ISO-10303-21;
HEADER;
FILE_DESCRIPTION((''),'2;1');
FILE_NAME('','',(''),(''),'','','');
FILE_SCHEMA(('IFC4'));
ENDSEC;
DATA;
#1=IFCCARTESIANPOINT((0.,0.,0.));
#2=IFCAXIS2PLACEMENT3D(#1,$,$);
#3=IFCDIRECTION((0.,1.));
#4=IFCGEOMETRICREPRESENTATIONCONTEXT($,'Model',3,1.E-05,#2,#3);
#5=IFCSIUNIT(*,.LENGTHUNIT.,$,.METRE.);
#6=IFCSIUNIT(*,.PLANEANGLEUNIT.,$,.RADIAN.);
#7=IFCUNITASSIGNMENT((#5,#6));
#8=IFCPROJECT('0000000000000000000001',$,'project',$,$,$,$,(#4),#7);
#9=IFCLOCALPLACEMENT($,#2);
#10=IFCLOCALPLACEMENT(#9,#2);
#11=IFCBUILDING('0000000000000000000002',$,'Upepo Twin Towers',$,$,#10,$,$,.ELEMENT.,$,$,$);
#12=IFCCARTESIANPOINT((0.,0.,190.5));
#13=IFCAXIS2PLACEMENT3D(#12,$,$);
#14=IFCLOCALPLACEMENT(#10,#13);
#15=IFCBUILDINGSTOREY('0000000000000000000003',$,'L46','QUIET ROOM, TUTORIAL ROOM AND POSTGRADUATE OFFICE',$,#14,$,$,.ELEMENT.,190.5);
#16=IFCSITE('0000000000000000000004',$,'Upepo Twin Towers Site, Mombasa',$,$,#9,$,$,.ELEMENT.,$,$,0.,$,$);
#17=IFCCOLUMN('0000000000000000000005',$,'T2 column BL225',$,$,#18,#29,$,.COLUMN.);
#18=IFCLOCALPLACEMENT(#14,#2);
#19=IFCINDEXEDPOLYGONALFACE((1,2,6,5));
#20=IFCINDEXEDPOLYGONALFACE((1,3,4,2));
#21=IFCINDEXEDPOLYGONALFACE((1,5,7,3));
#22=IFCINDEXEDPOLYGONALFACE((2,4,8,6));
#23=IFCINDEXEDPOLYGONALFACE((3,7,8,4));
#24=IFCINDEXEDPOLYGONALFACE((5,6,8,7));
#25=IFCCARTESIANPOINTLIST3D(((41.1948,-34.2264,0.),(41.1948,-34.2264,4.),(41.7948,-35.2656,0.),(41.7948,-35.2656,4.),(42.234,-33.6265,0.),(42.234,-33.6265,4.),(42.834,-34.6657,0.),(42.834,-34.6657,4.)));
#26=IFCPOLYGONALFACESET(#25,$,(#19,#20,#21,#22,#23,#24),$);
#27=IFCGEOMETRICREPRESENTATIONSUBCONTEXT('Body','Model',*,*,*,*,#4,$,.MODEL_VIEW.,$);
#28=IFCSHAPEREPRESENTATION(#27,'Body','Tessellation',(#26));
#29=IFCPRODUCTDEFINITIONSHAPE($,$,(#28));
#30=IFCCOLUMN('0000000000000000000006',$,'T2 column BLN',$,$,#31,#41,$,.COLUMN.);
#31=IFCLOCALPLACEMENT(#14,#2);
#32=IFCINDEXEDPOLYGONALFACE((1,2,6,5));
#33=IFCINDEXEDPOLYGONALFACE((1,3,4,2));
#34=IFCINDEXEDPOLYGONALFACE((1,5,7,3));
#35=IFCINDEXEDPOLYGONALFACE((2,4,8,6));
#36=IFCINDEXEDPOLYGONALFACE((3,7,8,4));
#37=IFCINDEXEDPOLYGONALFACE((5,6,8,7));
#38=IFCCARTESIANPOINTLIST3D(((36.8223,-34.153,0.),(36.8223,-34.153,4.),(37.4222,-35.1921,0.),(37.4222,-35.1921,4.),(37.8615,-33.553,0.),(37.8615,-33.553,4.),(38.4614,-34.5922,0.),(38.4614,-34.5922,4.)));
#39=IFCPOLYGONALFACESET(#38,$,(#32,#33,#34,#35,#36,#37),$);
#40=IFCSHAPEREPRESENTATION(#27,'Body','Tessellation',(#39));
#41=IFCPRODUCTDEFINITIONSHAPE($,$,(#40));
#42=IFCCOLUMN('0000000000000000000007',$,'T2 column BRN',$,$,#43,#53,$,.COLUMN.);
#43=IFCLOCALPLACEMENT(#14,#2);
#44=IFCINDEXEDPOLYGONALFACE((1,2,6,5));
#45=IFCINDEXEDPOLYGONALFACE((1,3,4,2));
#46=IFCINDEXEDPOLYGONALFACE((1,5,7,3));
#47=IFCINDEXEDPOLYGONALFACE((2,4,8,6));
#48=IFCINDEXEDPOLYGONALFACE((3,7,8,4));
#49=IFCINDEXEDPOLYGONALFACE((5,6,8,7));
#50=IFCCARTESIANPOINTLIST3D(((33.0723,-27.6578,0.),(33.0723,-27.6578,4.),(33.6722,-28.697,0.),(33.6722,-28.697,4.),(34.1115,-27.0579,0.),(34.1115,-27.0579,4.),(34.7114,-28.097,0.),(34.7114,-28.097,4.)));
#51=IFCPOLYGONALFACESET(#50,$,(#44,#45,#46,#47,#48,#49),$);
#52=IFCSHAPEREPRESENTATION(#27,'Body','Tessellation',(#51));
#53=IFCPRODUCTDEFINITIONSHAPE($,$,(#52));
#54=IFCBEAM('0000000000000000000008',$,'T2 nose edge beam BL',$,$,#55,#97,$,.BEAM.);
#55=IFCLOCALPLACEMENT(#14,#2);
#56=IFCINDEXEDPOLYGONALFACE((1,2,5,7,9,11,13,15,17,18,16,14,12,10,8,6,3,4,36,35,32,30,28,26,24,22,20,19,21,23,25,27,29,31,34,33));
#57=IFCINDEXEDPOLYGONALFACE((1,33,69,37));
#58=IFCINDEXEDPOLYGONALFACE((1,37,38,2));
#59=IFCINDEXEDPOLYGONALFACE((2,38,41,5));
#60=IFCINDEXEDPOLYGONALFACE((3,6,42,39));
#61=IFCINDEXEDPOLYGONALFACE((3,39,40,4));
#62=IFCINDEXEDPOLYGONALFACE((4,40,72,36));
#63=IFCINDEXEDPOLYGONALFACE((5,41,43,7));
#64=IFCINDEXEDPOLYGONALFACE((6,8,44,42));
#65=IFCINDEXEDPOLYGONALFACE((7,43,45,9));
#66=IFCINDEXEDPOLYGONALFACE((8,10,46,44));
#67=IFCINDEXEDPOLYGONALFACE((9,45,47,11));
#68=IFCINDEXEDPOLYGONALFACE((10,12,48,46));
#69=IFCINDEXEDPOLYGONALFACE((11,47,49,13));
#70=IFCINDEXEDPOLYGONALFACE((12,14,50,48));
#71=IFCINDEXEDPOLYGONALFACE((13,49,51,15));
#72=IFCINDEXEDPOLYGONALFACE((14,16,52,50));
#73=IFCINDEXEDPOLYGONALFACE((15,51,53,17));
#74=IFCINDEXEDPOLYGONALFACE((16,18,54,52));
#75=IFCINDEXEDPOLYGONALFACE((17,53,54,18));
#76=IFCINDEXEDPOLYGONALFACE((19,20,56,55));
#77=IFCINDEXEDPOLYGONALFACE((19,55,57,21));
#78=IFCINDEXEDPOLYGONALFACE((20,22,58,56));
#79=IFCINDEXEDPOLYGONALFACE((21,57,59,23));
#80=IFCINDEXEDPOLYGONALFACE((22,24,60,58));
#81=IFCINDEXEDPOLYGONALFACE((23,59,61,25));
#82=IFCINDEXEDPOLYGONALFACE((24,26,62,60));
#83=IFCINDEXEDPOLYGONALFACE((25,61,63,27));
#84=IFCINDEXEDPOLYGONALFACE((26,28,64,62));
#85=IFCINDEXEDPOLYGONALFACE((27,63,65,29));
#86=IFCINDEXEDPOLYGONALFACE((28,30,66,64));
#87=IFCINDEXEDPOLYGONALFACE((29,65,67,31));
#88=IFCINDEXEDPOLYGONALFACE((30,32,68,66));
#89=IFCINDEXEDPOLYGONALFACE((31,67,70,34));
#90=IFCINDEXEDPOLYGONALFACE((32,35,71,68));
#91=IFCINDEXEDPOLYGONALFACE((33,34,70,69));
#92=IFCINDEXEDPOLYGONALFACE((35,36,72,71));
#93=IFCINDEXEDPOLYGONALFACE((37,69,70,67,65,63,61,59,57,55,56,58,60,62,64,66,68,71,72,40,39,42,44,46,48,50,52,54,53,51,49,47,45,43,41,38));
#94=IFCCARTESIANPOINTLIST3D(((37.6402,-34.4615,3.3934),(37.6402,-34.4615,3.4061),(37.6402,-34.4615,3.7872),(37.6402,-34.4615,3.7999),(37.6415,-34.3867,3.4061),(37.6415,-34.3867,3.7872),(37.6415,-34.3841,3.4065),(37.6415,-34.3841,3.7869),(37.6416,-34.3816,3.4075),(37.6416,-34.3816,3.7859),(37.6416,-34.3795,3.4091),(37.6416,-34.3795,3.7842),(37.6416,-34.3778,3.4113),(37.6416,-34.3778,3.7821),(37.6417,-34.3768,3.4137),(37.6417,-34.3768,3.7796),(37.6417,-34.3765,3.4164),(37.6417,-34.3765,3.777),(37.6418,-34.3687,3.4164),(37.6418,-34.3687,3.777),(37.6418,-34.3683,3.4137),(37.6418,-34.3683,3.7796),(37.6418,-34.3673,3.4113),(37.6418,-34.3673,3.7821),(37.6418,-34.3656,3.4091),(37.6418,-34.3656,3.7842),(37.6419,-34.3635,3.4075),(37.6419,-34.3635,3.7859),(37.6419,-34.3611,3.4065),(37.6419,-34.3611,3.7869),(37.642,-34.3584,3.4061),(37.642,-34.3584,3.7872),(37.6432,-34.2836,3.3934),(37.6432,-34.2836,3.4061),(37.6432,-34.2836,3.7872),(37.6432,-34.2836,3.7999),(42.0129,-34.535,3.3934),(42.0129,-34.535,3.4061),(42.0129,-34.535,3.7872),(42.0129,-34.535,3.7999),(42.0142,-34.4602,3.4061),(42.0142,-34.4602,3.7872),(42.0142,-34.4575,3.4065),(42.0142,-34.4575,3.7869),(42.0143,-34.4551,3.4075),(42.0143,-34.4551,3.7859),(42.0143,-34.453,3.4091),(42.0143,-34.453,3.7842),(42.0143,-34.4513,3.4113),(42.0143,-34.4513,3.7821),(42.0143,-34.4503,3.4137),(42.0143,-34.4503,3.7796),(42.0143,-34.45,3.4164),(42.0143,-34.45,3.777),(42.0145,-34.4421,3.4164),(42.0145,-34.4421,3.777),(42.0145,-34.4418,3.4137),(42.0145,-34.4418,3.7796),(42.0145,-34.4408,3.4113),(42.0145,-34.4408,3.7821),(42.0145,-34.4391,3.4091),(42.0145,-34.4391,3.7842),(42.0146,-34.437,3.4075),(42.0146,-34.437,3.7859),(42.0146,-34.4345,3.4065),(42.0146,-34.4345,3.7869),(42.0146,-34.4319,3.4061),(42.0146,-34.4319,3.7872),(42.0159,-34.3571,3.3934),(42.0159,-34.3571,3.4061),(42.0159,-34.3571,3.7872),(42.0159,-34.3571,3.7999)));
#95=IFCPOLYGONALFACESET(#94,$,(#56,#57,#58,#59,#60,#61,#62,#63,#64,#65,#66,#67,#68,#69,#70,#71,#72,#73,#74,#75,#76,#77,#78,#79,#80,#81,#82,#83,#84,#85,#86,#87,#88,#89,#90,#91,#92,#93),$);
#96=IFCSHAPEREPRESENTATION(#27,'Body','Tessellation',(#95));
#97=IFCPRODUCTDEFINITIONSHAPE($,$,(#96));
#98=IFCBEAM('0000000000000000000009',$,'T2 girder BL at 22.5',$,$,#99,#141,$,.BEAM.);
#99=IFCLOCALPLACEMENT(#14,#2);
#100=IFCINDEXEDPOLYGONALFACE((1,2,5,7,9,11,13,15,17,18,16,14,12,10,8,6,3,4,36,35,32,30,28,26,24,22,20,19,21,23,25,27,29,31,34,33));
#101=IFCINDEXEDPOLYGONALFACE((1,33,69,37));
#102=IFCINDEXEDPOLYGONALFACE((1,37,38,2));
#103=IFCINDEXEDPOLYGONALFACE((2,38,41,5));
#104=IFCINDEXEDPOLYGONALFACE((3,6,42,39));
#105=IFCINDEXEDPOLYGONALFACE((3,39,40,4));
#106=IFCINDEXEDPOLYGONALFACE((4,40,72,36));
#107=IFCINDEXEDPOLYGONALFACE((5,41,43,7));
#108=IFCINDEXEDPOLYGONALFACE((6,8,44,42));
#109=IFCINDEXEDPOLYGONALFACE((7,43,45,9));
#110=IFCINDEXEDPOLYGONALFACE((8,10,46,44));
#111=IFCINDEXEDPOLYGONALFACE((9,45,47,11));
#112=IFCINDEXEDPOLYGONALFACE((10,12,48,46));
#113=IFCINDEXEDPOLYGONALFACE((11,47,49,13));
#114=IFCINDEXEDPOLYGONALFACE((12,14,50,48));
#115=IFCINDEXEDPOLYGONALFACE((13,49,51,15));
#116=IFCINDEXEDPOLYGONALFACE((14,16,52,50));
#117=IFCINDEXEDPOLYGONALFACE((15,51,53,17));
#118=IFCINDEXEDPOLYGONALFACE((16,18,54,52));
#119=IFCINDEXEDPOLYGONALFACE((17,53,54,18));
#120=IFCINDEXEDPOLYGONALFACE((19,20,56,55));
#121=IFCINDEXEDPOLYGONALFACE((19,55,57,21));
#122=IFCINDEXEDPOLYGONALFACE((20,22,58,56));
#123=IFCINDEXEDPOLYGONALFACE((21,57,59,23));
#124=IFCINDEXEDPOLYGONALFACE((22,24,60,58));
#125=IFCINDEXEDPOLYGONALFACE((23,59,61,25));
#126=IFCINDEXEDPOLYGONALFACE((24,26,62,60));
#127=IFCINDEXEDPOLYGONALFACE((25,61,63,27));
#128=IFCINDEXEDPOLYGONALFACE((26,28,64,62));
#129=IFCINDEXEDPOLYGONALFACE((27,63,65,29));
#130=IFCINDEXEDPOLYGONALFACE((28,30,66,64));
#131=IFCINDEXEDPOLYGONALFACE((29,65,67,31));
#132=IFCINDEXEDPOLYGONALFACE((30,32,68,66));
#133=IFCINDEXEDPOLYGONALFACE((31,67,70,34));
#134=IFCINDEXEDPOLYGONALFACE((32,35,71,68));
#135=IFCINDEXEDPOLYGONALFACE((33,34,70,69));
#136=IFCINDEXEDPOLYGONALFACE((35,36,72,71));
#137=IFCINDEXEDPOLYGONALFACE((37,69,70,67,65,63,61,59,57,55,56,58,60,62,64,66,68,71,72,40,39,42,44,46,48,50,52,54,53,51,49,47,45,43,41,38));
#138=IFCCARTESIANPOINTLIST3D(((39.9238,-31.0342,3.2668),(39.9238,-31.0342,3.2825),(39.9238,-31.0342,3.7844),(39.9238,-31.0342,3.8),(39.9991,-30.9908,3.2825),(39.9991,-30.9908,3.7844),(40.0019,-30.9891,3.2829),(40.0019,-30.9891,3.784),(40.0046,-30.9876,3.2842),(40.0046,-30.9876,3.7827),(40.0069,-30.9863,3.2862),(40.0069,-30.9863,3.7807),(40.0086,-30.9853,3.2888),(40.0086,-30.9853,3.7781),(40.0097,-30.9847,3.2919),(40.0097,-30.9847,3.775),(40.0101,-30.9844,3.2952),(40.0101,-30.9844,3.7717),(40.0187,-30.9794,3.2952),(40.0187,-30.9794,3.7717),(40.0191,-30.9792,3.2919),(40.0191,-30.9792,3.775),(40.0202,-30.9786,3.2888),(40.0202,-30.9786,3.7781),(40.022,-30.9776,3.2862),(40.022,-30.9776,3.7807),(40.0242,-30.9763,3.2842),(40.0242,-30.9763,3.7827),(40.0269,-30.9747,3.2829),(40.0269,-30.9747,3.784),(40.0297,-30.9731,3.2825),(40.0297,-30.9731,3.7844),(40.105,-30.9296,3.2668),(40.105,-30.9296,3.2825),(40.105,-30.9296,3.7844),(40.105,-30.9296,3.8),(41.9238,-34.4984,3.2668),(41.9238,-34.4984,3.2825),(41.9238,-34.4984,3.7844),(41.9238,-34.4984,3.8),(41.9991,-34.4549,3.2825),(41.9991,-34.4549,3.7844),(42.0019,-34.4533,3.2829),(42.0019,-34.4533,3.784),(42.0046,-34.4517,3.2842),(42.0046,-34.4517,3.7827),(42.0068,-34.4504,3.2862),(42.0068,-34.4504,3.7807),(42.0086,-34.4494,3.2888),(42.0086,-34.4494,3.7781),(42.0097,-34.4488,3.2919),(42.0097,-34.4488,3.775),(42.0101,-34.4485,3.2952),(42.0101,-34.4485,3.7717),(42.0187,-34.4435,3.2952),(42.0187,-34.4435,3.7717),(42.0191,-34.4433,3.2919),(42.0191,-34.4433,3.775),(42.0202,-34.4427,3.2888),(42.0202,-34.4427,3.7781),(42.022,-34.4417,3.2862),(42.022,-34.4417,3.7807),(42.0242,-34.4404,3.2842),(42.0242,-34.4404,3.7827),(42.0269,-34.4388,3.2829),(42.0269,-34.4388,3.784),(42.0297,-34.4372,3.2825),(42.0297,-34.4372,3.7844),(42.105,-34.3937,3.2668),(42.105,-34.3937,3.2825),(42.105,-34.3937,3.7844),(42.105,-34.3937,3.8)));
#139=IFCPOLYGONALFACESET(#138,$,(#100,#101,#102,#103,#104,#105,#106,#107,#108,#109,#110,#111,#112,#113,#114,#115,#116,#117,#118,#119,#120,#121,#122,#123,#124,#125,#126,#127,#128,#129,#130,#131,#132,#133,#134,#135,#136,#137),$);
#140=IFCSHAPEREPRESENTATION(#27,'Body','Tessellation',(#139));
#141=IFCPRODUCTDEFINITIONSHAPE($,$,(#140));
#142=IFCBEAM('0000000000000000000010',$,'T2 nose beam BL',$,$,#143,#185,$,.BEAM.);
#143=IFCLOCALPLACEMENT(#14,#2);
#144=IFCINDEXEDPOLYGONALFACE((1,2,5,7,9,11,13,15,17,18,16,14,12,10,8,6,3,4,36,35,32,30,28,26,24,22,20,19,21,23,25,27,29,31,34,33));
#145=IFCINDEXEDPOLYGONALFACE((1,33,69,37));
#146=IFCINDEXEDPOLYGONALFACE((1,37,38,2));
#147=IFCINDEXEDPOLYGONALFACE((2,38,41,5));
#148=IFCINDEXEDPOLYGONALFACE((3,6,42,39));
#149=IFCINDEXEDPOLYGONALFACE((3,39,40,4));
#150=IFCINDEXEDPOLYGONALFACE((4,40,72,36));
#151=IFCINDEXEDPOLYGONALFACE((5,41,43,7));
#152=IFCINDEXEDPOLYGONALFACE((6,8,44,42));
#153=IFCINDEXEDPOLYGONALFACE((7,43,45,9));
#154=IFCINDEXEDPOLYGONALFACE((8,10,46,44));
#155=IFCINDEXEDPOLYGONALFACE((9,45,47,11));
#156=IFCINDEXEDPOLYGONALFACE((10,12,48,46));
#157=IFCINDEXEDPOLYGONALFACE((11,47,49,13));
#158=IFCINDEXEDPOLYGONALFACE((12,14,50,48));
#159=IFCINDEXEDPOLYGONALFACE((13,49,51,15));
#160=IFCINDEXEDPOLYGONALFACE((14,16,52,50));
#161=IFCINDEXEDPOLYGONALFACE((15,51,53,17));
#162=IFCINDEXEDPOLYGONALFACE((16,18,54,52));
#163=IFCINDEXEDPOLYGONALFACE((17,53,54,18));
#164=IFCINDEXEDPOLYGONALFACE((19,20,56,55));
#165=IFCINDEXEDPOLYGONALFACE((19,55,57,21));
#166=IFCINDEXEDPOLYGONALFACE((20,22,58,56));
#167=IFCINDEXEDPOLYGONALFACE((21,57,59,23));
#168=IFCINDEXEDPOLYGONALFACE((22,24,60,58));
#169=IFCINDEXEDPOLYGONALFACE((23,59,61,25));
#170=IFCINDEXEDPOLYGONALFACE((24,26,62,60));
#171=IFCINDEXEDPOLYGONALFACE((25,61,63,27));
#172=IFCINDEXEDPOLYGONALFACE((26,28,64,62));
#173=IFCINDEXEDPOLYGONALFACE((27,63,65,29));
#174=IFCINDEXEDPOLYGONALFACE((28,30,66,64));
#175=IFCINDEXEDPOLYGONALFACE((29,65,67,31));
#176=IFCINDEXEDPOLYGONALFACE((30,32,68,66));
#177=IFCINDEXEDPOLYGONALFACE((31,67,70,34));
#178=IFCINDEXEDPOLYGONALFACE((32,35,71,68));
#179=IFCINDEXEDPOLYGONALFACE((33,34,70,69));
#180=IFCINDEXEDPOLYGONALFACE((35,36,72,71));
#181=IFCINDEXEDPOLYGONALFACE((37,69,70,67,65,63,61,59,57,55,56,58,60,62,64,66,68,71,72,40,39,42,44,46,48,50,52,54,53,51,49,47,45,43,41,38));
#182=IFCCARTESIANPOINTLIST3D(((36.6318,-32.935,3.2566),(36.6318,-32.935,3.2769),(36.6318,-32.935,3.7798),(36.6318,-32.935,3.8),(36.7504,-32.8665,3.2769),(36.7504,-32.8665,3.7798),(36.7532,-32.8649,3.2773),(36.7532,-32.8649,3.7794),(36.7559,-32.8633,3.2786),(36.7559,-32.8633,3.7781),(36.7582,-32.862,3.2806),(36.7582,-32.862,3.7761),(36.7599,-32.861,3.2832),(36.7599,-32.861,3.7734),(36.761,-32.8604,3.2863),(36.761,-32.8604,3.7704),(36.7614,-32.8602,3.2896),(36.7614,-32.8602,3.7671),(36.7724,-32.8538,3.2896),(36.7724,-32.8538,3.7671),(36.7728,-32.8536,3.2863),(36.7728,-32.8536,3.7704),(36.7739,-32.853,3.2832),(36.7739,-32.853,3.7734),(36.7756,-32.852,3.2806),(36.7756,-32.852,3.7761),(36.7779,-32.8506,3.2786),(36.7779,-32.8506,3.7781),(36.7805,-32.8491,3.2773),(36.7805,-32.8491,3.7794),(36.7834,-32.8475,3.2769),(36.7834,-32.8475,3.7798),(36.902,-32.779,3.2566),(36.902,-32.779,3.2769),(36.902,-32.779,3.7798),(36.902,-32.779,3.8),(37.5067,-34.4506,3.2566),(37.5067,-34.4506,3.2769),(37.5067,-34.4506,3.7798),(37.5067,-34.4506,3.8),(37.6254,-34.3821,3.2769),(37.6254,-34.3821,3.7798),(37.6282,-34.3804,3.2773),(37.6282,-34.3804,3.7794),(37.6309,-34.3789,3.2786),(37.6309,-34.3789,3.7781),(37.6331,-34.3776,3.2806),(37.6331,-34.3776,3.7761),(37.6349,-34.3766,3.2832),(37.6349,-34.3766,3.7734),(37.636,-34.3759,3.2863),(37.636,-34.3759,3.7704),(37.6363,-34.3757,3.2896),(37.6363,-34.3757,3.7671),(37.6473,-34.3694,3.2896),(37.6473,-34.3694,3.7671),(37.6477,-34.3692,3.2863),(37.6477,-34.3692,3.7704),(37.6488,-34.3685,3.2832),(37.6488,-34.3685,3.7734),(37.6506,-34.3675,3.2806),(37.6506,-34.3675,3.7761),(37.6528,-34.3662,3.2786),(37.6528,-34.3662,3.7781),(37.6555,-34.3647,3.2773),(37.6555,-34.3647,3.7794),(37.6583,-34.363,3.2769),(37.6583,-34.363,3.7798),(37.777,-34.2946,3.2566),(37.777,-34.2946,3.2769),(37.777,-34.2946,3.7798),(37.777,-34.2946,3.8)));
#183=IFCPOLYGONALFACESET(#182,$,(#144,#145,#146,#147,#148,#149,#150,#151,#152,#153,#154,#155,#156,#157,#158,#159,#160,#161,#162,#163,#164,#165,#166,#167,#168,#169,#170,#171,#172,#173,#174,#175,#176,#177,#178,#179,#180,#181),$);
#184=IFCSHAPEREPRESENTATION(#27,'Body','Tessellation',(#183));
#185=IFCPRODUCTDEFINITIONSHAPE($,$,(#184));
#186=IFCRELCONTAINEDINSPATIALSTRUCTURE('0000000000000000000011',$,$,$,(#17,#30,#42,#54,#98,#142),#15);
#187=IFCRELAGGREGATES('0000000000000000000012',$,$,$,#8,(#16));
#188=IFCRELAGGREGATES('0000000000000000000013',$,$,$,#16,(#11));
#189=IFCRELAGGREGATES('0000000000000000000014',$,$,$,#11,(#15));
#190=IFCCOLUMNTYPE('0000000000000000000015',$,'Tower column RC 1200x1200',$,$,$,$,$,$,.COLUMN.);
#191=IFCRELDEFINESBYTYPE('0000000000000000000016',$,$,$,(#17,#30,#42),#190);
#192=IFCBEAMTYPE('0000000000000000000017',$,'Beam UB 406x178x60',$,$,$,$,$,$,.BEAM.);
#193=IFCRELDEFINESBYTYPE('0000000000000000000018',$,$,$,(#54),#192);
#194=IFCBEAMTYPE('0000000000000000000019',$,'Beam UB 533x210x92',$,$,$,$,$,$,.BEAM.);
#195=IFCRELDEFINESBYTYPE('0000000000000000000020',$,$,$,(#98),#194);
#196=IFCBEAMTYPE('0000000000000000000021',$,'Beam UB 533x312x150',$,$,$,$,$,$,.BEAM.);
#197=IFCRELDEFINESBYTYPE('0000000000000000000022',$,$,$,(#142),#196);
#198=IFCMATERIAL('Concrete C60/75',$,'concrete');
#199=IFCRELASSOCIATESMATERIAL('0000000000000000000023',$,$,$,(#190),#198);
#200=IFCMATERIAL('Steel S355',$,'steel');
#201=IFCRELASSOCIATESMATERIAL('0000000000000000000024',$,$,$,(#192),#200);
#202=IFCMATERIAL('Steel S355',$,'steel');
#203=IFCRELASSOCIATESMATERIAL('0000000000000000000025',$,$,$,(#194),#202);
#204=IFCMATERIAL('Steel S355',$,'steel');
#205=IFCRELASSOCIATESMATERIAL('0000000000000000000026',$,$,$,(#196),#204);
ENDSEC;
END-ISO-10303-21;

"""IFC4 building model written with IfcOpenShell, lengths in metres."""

from ifc_helpers import new_model, si_unit, direction, frame, origin, origin_2d, place, context, subcontext, project, spatial, rectangle, i_section, extrude, material, material_profile, profile_set, type_object, element, save


model = new_model("IFC4")

# Units and contexts
model_context = context("Model", 3, precision=1e-05, world=origin(), true_north=direction((0.0, 1.0)))
body_context = subcontext(model_context, "Body", "Model", "MODEL_VIEW")
ifc_project = project(units=[si_unit("LENGTHUNIT", "METRE"), si_unit("PLANEANGLEUNIT", "RADIAN")], contexts=[model_context])

# Site, building, storey
site_placement = place(None, origin())
site = spatial("IfcSite", under=ifc_project, at=site_placement, Name="Upepo Twin Towers Site, Mombasa", CompositionType="ELEMENT", RefElevation=0.0)
building_placement = place(site_placement, origin())
building = spatial("IfcBuilding", under=site, at=building_placement, Name="Upepo Twin Towers", CompositionType="ELEMENT")
storey_placement = place(building_placement, frame((0.0, 0.0, 190.5)))
storey = spatial("IfcBuildingStorey", under=building, at=storey_placement, Name="L46", Description="QUIET ROOM, TUTORIAL ROOM AND POSTGRADUATE OFFICE", CompositionType="ELEMENT", Elevation=190.5)

# Columns
ifc_material_1 = material(Name="Concrete C60/75", Category="concrete")
ifc_material_profile_1 = material_profile(ifc_material_1, rectangle(XDim=1.2, YDim=1.2, at=origin_2d()), Name="RC 1200x1200")
ifc_profile_set_1 = profile_set([ifc_material_profile_1], Name="Concrete C60/75")
column_type = type_object("IfcColumnType", Name="Tower column RC 1200x1200", PredefinedType="COLUMN", material=ifc_profile_set_1)
for number, where, z_axis, x_axis, name in (
    (1, (42.0144, -34.446, 0.0), (0.0, 0.0, 1.0), (0.866025, 0.5, 0.0), "T2 column BL225"),
    (2, (37.6418, -34.3726, 0.0), (0.0, 0.0, 1.0), (0.866025, 0.5, 0.0), "T2 column BLN"),
    (3, (33.8918, -27.8774, 0.0), (0.0, 0.0, 1.0), (0.866025, 0.5, 0.0), "T2 column BRN"),
):
    element("IfcColumn", number, at=place(storey_placement, frame(where, z_axis=z_axis, x_axis=x_axis)), inside=storey, type_object=column_type, Name=name, PredefinedType="COLUMN", context=body_context, shape_type="SweptSolid", body=[
        extrude(rectangle(XDim=1.2, YDim=1.2, at=origin_2d()), origin(), (0.0, 0.0, 1.0), 4.0),
    ])

# Beams
ifc_material_2 = material(Name="Steel S355", Category="steel")
ifc_material_profile_2 = material_profile(ifc_material_2, i_section(OverallWidth=0.178, OverallDepth=0.4065, WebThickness=0.0078, FlangeThickness=0.0127, FilletRadius=0.0103, at=origin_2d()), Name="UB 406x178x60")
ifc_profile_set_2 = profile_set([ifc_material_profile_2], Name="Steel S355")
beam_type_1 = type_object("IfcBeamType", Name="Beam UB 406x178x60", PredefinedType="BEAM", material=ifc_profile_set_2)
beam_1_placement = place(storey_placement, frame((42.0144, -34.446, 3.5967), z_axis=(-0.999859, 0.016804, 0.0), x_axis=(-0.016804, -0.999859, 0.0)))
element("IfcBeam", 4, at=beam_1_placement, inside=storey, type_object=beam_type_1, Name="T2 nose edge beam BL", PredefinedType="BEAM", context=body_context, shape_type="SweptSolid", body=[
    extrude(i_section(OverallWidth=0.178, OverallDepth=0.4065, WebThickness=0.0078, FlangeThickness=0.0127, FilletRadius=0.0103, at=origin_2d()), origin(), (0.0, 0.0, 1.0), 4.3733),
])
ifc_material_3 = material(Name="Steel S355", Category="steel")
ifc_material_profile_3 = material_profile(ifc_material_3, i_section(OverallWidth=0.2092, OverallDepth=0.5332, WebThickness=0.01, FlangeThickness=0.0156, FilletRadius=0.0127, at=origin_2d()), Name="UB 533x210x92")
ifc_profile_set_3 = profile_set([ifc_material_profile_3], Name="Steel S355")
beam_type_2 = type_object("IfcBeamType", Name="Beam UB 533x210x92", PredefinedType="BEAM", material=ifc_profile_set_3)
beam_2_placement = place(storey_placement, frame((42.0144, -34.446, 3.5334), z_axis=(-0.499999, 0.866026, 0.0), x_axis=(-0.866026, -0.499999, 0.0)))
element("IfcBeam", 5, at=beam_2_placement, inside=storey, type_object=beam_type_2, Name="T2 girder BL at 22.5", PredefinedType="BEAM", context=body_context, shape_type="SweptSolid", body=[
    extrude(i_section(OverallWidth=0.2092, OverallDepth=0.5332, WebThickness=0.01, FlangeThickness=0.0156, FilletRadius=0.0127, at=origin_2d()), origin(), (0.0, 0.0, 1.0), 4.0),
])
ifc_material_4 = material(Name="Steel S355", Category="steel")
ifc_material_profile_4 = material_profile(ifc_material_4, i_section(OverallWidth=0.312, OverallDepth=0.5435, WebThickness=0.0127, FlangeThickness=0.0203, FilletRadius=0.0127, at=origin_2d()), Name="UB 533x312x150")
ifc_profile_set_4 = profile_set([ifc_material_profile_4], Name="Steel S355")
beam_type_3 = type_object("IfcBeamType", Name="Beam UB 533x312x150", PredefinedType="BEAM", material=ifc_profile_set_4)
for number, where, z_axis, x_axis, name in (
    (6, (37.6418, -34.3726, 3.5283), (-0.49998, 0.866037, 0.0), (-0.866037, -0.49998, 0.0), "T2 nose beam BL"),
):
    element("IfcBeam", number, at=place(storey_placement, frame(where, z_axis=z_axis, x_axis=x_axis)), inside=storey, type_object=beam_type_3, Name=name, PredefinedType="BEAM", context=body_context, shape_type="SweptSolid", body=[
        extrude(i_section(OverallWidth=0.312, OverallDepth=0.5435, WebThickness=0.0127, FlangeThickness=0.0203, FilletRadius=0.0127, at=origin_2d()), origin(), (0.0, 0.0, 1.0), 1.75),
    ])

save(model, "model.ifc")
